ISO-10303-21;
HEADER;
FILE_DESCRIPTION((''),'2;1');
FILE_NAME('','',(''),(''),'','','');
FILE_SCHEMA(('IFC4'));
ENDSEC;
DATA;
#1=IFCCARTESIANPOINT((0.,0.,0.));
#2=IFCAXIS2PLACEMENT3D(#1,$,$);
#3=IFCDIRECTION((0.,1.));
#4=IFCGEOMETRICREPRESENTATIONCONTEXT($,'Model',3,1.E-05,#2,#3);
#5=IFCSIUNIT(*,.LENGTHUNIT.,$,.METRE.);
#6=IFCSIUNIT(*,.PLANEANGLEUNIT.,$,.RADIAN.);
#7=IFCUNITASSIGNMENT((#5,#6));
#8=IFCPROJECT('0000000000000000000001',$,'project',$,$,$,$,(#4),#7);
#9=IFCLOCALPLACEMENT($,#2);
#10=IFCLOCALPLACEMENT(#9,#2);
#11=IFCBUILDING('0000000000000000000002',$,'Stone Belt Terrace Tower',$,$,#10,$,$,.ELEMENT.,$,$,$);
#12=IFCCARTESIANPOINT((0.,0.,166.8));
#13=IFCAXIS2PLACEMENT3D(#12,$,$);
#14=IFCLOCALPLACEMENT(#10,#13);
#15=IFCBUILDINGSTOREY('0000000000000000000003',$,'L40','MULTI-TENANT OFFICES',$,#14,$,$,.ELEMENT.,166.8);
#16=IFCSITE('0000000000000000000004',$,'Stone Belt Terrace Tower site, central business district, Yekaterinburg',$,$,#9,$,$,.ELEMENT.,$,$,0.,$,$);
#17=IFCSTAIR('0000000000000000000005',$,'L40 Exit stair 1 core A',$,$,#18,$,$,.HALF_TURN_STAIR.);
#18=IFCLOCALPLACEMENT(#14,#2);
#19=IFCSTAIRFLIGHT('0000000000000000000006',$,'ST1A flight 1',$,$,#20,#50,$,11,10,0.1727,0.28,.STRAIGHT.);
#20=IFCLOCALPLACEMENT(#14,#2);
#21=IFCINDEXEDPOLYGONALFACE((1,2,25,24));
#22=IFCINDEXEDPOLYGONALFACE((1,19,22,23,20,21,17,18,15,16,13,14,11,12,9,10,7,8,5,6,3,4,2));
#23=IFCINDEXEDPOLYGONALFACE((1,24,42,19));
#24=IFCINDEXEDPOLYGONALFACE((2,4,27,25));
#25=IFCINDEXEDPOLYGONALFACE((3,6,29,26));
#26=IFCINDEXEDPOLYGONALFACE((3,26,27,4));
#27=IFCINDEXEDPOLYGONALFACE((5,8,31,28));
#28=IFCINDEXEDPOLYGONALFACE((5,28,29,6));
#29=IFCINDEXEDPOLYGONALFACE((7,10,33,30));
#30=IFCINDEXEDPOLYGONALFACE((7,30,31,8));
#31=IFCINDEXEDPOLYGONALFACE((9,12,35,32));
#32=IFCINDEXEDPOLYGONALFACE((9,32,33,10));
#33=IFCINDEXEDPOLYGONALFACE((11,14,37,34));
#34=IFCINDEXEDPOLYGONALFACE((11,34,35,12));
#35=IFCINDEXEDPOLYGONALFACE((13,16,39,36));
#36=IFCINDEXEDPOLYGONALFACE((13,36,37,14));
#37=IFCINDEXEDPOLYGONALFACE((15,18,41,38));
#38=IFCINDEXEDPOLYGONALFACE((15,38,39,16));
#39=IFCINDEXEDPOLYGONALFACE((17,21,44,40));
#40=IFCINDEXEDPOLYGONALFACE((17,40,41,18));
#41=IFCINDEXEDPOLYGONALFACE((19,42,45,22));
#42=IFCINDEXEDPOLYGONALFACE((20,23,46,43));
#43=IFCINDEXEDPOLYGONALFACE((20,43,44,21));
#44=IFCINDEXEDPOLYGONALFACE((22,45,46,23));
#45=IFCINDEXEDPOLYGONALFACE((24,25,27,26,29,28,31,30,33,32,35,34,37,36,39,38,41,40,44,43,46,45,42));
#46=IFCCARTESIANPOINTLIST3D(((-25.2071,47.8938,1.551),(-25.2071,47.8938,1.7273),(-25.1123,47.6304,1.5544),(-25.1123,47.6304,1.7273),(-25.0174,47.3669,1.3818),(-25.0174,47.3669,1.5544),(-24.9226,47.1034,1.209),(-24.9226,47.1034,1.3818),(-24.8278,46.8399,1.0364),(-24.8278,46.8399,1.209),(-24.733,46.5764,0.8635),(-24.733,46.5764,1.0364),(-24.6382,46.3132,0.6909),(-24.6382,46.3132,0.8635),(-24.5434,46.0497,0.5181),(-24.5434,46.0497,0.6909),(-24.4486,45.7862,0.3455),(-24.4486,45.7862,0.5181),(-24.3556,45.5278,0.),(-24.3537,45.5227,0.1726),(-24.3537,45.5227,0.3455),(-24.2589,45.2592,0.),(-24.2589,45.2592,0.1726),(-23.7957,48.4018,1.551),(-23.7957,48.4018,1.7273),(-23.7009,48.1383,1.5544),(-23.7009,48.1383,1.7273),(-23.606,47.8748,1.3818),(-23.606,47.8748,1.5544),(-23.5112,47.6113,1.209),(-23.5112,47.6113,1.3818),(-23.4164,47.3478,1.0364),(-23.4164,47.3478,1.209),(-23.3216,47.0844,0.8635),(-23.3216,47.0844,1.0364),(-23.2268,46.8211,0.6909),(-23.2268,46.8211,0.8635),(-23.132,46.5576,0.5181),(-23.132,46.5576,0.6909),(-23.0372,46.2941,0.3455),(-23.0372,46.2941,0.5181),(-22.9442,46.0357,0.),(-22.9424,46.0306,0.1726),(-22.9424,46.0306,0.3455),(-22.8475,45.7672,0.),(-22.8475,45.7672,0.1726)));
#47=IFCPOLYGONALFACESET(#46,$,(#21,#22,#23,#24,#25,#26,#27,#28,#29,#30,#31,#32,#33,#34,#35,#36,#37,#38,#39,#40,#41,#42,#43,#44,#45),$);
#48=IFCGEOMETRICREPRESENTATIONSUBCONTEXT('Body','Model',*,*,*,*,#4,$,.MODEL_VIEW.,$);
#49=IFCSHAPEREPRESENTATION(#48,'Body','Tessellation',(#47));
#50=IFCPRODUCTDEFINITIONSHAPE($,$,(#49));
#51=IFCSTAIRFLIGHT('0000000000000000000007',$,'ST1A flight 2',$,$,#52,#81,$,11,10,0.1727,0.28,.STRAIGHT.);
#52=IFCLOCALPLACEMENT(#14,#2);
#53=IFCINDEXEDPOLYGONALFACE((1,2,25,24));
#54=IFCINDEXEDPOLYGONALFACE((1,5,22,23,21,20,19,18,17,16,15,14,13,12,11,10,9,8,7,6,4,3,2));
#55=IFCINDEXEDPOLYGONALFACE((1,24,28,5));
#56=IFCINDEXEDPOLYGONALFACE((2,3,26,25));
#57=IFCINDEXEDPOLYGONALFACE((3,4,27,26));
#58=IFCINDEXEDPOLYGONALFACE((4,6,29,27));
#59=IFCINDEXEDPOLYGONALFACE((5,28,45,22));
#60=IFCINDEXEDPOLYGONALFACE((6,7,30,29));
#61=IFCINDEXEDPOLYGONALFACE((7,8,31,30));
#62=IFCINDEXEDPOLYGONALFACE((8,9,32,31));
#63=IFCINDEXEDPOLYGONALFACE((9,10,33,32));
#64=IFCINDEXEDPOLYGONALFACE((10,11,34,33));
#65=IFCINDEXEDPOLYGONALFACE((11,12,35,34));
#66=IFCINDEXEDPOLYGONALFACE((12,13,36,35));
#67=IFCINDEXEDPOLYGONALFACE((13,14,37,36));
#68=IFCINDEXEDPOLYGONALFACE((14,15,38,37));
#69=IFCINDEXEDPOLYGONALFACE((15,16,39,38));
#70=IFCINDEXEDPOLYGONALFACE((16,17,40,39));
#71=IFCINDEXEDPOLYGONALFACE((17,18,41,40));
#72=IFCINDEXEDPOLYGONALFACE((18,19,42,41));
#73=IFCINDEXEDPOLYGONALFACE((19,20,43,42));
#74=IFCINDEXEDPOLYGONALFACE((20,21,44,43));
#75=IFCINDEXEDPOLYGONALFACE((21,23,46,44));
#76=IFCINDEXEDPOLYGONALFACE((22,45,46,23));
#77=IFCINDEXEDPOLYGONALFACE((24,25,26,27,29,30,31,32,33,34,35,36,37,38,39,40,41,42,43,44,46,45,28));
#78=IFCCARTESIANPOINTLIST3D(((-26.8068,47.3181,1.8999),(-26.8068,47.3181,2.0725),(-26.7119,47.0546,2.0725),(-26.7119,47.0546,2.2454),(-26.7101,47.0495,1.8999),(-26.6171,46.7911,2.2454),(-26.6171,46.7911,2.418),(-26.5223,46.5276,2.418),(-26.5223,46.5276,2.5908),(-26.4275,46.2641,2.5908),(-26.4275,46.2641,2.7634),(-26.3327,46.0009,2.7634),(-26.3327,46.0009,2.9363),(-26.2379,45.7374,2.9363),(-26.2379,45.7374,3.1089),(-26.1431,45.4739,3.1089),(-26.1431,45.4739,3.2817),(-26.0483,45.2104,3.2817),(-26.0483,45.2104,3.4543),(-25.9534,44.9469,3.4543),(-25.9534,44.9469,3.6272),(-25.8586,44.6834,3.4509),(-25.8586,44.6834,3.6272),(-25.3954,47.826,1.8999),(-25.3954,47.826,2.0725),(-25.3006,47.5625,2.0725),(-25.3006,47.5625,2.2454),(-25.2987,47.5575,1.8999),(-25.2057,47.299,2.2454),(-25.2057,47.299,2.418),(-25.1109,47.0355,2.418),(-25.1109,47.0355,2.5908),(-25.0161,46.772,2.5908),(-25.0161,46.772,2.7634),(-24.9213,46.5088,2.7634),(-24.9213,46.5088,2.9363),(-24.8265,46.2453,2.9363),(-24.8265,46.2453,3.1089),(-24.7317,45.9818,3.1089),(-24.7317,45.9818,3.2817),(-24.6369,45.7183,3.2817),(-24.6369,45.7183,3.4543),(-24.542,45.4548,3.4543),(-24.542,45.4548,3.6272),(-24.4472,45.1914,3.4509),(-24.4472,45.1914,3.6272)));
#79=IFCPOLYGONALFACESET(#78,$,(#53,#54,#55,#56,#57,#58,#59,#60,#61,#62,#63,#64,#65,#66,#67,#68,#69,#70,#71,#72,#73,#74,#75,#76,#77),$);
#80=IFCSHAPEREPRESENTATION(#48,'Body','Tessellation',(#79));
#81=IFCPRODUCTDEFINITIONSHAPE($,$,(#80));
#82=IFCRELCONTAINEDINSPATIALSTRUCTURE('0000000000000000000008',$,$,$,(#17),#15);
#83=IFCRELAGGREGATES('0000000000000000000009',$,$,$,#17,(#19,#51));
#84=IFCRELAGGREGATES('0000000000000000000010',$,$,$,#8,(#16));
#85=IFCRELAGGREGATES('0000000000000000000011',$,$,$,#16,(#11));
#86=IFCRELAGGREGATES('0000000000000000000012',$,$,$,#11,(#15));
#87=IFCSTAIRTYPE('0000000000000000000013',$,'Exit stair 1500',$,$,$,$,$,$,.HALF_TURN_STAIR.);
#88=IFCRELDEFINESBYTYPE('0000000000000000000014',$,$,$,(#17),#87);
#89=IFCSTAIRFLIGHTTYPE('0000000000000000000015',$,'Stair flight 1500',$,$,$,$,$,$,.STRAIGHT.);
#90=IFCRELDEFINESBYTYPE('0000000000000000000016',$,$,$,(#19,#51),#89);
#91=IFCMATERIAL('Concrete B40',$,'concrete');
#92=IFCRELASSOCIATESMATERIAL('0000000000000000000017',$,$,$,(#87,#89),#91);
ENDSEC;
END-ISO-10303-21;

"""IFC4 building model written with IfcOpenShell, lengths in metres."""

from ifc_helpers import new_model, si_unit, direction, frame, origin, place, context, subcontext, project, spatial, polyline, outline, extrude, material, type_object, element, aggregate, save


model = new_model("IFC4")

# Units and contexts
model_context = context("Model", 3, precision=1e-05, world=origin(), true_north=direction((0.0, 1.0)))
body_context = subcontext(model_context, "Body", "Model", "MODEL_VIEW")
ifc_project = project(units=[si_unit("LENGTHUNIT", "METRE"), si_unit("PLANEANGLEUNIT", "RADIAN")], contexts=[model_context])

# Site, building, storey
site_placement = place(None, origin())
site = spatial("IfcSite", under=ifc_project, at=site_placement, Name="Stone Belt Terrace Tower site, central business district, Yekaterinburg", CompositionType="ELEMENT", RefElevation=0.0)
building_placement = place(site_placement, origin())
building = spatial("IfcBuilding", under=site, at=building_placement, Name="Stone Belt Terrace Tower", CompositionType="ELEMENT")
storey_placement = place(building_placement, frame((0.0, 0.0, 166.8)))
storey = spatial("IfcBuildingStorey", under=building, at=storey_placement, Name="L40", Description="MULTI-TENANT OFFICES", CompositionType="ELEMENT", Elevation=166.8)

# Stair, stair flights
ifc_material_1 = material(Name="Concrete B40", Category="concrete")
stair_type = type_object("IfcStairType", Name="Exit stair 1500", PredefinedType="HALF_TURN_STAIR", material=ifc_material_1)
stair_placement = place(storey_placement, origin())
stair = element("IfcStair", 1, at=stair_placement, inside=storey, type_object=stair_type, Name="L40 Exit stair 1 core A", PredefinedType="HALF_TURN_STAIR")
stair_flight_type = type_object("IfcStairFlightType", Name="Stair flight 1500", PredefinedType="STRAIGHT", material=ifc_material_1)
stair_flight_1_placement = place(storey_placement, frame((-23.5532, 45.5132, 0.0), z_axis=(0.0, 0.0, 1.0), x_axis=(-0.338624, 0.940922, 0.0)))
stair_flight_1 = element("IfcStairFlight", 2, at=stair_flight_1_placement, type_object=stair_flight_type, Name="ST1A flight 1", NumberOfRisers=11, NumberOfTreads=10, PredefinedType="STRAIGHT", RiserHeight=0.1727, TreadLength=0.28, context=body_context, shape_type="SweptSolid", body=[
    extrude(outline(polyline([(0.0, 0.0), (0.0, 0.1726), (0.28, 0.1726), (0.28, 0.3455), (0.5601, 0.3455), (0.5601, 0.5181), (0.8401, 0.5181), (0.8401, 0.6909), (1.1201, 0.6909), (1.1201, 0.8635), (1.3999, 0.8635), (1.3999, 1.0364), (1.6799, 1.0364), (1.6799, 1.209), (1.96, 1.209), (1.96, 1.3818), (2.24, 1.3818), (2.24, 1.5544), (2.52, 1.5544), (2.52, 1.7273), (2.8, 1.7273), (2.8, 1.8999), (2.8, 1.551), (0.2854, 0.0), (0.0, 0.0)])), frame((0.0, 0.75, 0.0), z_axis=(0.0, -1.0, 0.0), x_axis=(1.0, 0.0, 0.0)), (0.0, 0.0, 1.0), 1.5),
])
stair_flight_2_placement = place(storey_placement, frame((-26.1011, 47.572, 1.8999), z_axis=(0.0, 0.0, 1.0), x_axis=(0.338624, -0.940922, 0.0)))
stair_flight_2 = element("IfcStairFlight", 3, at=stair_flight_2_placement, type_object=stair_flight_type, Name="ST1A flight 2", NumberOfRisers=11, NumberOfTreads=10, PredefinedType="STRAIGHT", RiserHeight=0.1727, TreadLength=0.28, context=body_context, shape_type="SweptSolid", body=[
    extrude(outline(polyline([(0.0, 0.0), (0.0, 0.1726), (0.28, 0.1726), (0.28, 0.3455), (0.5601, 0.3455), (0.5601, 0.5181), (0.8401, 0.5181), (0.8401, 0.6909), (1.1201, 0.6909), (1.1201, 0.8635), (1.3999, 0.8635), (1.3999, 1.0364), (1.6799, 1.0364), (1.6799, 1.209), (1.96, 1.209), (1.96, 1.3818), (2.24, 1.3818), (2.24, 1.5544), (2.52, 1.5544), (2.52, 1.7273), (2.8, 1.7273), (2.8, 1.8999), (2.8, 1.551), (0.2854, 0.0), (0.0, 0.0)])), frame((0.0, 0.75, 0.0), z_axis=(0.0, -1.0, 0.0), x_axis=(1.0, 0.0, 0.0)), (0.0, 0.0, 1.0), 1.5),
])
aggregate(stair, [stair_flight_1, stair_flight_2])

save(model, "model.ifc")
